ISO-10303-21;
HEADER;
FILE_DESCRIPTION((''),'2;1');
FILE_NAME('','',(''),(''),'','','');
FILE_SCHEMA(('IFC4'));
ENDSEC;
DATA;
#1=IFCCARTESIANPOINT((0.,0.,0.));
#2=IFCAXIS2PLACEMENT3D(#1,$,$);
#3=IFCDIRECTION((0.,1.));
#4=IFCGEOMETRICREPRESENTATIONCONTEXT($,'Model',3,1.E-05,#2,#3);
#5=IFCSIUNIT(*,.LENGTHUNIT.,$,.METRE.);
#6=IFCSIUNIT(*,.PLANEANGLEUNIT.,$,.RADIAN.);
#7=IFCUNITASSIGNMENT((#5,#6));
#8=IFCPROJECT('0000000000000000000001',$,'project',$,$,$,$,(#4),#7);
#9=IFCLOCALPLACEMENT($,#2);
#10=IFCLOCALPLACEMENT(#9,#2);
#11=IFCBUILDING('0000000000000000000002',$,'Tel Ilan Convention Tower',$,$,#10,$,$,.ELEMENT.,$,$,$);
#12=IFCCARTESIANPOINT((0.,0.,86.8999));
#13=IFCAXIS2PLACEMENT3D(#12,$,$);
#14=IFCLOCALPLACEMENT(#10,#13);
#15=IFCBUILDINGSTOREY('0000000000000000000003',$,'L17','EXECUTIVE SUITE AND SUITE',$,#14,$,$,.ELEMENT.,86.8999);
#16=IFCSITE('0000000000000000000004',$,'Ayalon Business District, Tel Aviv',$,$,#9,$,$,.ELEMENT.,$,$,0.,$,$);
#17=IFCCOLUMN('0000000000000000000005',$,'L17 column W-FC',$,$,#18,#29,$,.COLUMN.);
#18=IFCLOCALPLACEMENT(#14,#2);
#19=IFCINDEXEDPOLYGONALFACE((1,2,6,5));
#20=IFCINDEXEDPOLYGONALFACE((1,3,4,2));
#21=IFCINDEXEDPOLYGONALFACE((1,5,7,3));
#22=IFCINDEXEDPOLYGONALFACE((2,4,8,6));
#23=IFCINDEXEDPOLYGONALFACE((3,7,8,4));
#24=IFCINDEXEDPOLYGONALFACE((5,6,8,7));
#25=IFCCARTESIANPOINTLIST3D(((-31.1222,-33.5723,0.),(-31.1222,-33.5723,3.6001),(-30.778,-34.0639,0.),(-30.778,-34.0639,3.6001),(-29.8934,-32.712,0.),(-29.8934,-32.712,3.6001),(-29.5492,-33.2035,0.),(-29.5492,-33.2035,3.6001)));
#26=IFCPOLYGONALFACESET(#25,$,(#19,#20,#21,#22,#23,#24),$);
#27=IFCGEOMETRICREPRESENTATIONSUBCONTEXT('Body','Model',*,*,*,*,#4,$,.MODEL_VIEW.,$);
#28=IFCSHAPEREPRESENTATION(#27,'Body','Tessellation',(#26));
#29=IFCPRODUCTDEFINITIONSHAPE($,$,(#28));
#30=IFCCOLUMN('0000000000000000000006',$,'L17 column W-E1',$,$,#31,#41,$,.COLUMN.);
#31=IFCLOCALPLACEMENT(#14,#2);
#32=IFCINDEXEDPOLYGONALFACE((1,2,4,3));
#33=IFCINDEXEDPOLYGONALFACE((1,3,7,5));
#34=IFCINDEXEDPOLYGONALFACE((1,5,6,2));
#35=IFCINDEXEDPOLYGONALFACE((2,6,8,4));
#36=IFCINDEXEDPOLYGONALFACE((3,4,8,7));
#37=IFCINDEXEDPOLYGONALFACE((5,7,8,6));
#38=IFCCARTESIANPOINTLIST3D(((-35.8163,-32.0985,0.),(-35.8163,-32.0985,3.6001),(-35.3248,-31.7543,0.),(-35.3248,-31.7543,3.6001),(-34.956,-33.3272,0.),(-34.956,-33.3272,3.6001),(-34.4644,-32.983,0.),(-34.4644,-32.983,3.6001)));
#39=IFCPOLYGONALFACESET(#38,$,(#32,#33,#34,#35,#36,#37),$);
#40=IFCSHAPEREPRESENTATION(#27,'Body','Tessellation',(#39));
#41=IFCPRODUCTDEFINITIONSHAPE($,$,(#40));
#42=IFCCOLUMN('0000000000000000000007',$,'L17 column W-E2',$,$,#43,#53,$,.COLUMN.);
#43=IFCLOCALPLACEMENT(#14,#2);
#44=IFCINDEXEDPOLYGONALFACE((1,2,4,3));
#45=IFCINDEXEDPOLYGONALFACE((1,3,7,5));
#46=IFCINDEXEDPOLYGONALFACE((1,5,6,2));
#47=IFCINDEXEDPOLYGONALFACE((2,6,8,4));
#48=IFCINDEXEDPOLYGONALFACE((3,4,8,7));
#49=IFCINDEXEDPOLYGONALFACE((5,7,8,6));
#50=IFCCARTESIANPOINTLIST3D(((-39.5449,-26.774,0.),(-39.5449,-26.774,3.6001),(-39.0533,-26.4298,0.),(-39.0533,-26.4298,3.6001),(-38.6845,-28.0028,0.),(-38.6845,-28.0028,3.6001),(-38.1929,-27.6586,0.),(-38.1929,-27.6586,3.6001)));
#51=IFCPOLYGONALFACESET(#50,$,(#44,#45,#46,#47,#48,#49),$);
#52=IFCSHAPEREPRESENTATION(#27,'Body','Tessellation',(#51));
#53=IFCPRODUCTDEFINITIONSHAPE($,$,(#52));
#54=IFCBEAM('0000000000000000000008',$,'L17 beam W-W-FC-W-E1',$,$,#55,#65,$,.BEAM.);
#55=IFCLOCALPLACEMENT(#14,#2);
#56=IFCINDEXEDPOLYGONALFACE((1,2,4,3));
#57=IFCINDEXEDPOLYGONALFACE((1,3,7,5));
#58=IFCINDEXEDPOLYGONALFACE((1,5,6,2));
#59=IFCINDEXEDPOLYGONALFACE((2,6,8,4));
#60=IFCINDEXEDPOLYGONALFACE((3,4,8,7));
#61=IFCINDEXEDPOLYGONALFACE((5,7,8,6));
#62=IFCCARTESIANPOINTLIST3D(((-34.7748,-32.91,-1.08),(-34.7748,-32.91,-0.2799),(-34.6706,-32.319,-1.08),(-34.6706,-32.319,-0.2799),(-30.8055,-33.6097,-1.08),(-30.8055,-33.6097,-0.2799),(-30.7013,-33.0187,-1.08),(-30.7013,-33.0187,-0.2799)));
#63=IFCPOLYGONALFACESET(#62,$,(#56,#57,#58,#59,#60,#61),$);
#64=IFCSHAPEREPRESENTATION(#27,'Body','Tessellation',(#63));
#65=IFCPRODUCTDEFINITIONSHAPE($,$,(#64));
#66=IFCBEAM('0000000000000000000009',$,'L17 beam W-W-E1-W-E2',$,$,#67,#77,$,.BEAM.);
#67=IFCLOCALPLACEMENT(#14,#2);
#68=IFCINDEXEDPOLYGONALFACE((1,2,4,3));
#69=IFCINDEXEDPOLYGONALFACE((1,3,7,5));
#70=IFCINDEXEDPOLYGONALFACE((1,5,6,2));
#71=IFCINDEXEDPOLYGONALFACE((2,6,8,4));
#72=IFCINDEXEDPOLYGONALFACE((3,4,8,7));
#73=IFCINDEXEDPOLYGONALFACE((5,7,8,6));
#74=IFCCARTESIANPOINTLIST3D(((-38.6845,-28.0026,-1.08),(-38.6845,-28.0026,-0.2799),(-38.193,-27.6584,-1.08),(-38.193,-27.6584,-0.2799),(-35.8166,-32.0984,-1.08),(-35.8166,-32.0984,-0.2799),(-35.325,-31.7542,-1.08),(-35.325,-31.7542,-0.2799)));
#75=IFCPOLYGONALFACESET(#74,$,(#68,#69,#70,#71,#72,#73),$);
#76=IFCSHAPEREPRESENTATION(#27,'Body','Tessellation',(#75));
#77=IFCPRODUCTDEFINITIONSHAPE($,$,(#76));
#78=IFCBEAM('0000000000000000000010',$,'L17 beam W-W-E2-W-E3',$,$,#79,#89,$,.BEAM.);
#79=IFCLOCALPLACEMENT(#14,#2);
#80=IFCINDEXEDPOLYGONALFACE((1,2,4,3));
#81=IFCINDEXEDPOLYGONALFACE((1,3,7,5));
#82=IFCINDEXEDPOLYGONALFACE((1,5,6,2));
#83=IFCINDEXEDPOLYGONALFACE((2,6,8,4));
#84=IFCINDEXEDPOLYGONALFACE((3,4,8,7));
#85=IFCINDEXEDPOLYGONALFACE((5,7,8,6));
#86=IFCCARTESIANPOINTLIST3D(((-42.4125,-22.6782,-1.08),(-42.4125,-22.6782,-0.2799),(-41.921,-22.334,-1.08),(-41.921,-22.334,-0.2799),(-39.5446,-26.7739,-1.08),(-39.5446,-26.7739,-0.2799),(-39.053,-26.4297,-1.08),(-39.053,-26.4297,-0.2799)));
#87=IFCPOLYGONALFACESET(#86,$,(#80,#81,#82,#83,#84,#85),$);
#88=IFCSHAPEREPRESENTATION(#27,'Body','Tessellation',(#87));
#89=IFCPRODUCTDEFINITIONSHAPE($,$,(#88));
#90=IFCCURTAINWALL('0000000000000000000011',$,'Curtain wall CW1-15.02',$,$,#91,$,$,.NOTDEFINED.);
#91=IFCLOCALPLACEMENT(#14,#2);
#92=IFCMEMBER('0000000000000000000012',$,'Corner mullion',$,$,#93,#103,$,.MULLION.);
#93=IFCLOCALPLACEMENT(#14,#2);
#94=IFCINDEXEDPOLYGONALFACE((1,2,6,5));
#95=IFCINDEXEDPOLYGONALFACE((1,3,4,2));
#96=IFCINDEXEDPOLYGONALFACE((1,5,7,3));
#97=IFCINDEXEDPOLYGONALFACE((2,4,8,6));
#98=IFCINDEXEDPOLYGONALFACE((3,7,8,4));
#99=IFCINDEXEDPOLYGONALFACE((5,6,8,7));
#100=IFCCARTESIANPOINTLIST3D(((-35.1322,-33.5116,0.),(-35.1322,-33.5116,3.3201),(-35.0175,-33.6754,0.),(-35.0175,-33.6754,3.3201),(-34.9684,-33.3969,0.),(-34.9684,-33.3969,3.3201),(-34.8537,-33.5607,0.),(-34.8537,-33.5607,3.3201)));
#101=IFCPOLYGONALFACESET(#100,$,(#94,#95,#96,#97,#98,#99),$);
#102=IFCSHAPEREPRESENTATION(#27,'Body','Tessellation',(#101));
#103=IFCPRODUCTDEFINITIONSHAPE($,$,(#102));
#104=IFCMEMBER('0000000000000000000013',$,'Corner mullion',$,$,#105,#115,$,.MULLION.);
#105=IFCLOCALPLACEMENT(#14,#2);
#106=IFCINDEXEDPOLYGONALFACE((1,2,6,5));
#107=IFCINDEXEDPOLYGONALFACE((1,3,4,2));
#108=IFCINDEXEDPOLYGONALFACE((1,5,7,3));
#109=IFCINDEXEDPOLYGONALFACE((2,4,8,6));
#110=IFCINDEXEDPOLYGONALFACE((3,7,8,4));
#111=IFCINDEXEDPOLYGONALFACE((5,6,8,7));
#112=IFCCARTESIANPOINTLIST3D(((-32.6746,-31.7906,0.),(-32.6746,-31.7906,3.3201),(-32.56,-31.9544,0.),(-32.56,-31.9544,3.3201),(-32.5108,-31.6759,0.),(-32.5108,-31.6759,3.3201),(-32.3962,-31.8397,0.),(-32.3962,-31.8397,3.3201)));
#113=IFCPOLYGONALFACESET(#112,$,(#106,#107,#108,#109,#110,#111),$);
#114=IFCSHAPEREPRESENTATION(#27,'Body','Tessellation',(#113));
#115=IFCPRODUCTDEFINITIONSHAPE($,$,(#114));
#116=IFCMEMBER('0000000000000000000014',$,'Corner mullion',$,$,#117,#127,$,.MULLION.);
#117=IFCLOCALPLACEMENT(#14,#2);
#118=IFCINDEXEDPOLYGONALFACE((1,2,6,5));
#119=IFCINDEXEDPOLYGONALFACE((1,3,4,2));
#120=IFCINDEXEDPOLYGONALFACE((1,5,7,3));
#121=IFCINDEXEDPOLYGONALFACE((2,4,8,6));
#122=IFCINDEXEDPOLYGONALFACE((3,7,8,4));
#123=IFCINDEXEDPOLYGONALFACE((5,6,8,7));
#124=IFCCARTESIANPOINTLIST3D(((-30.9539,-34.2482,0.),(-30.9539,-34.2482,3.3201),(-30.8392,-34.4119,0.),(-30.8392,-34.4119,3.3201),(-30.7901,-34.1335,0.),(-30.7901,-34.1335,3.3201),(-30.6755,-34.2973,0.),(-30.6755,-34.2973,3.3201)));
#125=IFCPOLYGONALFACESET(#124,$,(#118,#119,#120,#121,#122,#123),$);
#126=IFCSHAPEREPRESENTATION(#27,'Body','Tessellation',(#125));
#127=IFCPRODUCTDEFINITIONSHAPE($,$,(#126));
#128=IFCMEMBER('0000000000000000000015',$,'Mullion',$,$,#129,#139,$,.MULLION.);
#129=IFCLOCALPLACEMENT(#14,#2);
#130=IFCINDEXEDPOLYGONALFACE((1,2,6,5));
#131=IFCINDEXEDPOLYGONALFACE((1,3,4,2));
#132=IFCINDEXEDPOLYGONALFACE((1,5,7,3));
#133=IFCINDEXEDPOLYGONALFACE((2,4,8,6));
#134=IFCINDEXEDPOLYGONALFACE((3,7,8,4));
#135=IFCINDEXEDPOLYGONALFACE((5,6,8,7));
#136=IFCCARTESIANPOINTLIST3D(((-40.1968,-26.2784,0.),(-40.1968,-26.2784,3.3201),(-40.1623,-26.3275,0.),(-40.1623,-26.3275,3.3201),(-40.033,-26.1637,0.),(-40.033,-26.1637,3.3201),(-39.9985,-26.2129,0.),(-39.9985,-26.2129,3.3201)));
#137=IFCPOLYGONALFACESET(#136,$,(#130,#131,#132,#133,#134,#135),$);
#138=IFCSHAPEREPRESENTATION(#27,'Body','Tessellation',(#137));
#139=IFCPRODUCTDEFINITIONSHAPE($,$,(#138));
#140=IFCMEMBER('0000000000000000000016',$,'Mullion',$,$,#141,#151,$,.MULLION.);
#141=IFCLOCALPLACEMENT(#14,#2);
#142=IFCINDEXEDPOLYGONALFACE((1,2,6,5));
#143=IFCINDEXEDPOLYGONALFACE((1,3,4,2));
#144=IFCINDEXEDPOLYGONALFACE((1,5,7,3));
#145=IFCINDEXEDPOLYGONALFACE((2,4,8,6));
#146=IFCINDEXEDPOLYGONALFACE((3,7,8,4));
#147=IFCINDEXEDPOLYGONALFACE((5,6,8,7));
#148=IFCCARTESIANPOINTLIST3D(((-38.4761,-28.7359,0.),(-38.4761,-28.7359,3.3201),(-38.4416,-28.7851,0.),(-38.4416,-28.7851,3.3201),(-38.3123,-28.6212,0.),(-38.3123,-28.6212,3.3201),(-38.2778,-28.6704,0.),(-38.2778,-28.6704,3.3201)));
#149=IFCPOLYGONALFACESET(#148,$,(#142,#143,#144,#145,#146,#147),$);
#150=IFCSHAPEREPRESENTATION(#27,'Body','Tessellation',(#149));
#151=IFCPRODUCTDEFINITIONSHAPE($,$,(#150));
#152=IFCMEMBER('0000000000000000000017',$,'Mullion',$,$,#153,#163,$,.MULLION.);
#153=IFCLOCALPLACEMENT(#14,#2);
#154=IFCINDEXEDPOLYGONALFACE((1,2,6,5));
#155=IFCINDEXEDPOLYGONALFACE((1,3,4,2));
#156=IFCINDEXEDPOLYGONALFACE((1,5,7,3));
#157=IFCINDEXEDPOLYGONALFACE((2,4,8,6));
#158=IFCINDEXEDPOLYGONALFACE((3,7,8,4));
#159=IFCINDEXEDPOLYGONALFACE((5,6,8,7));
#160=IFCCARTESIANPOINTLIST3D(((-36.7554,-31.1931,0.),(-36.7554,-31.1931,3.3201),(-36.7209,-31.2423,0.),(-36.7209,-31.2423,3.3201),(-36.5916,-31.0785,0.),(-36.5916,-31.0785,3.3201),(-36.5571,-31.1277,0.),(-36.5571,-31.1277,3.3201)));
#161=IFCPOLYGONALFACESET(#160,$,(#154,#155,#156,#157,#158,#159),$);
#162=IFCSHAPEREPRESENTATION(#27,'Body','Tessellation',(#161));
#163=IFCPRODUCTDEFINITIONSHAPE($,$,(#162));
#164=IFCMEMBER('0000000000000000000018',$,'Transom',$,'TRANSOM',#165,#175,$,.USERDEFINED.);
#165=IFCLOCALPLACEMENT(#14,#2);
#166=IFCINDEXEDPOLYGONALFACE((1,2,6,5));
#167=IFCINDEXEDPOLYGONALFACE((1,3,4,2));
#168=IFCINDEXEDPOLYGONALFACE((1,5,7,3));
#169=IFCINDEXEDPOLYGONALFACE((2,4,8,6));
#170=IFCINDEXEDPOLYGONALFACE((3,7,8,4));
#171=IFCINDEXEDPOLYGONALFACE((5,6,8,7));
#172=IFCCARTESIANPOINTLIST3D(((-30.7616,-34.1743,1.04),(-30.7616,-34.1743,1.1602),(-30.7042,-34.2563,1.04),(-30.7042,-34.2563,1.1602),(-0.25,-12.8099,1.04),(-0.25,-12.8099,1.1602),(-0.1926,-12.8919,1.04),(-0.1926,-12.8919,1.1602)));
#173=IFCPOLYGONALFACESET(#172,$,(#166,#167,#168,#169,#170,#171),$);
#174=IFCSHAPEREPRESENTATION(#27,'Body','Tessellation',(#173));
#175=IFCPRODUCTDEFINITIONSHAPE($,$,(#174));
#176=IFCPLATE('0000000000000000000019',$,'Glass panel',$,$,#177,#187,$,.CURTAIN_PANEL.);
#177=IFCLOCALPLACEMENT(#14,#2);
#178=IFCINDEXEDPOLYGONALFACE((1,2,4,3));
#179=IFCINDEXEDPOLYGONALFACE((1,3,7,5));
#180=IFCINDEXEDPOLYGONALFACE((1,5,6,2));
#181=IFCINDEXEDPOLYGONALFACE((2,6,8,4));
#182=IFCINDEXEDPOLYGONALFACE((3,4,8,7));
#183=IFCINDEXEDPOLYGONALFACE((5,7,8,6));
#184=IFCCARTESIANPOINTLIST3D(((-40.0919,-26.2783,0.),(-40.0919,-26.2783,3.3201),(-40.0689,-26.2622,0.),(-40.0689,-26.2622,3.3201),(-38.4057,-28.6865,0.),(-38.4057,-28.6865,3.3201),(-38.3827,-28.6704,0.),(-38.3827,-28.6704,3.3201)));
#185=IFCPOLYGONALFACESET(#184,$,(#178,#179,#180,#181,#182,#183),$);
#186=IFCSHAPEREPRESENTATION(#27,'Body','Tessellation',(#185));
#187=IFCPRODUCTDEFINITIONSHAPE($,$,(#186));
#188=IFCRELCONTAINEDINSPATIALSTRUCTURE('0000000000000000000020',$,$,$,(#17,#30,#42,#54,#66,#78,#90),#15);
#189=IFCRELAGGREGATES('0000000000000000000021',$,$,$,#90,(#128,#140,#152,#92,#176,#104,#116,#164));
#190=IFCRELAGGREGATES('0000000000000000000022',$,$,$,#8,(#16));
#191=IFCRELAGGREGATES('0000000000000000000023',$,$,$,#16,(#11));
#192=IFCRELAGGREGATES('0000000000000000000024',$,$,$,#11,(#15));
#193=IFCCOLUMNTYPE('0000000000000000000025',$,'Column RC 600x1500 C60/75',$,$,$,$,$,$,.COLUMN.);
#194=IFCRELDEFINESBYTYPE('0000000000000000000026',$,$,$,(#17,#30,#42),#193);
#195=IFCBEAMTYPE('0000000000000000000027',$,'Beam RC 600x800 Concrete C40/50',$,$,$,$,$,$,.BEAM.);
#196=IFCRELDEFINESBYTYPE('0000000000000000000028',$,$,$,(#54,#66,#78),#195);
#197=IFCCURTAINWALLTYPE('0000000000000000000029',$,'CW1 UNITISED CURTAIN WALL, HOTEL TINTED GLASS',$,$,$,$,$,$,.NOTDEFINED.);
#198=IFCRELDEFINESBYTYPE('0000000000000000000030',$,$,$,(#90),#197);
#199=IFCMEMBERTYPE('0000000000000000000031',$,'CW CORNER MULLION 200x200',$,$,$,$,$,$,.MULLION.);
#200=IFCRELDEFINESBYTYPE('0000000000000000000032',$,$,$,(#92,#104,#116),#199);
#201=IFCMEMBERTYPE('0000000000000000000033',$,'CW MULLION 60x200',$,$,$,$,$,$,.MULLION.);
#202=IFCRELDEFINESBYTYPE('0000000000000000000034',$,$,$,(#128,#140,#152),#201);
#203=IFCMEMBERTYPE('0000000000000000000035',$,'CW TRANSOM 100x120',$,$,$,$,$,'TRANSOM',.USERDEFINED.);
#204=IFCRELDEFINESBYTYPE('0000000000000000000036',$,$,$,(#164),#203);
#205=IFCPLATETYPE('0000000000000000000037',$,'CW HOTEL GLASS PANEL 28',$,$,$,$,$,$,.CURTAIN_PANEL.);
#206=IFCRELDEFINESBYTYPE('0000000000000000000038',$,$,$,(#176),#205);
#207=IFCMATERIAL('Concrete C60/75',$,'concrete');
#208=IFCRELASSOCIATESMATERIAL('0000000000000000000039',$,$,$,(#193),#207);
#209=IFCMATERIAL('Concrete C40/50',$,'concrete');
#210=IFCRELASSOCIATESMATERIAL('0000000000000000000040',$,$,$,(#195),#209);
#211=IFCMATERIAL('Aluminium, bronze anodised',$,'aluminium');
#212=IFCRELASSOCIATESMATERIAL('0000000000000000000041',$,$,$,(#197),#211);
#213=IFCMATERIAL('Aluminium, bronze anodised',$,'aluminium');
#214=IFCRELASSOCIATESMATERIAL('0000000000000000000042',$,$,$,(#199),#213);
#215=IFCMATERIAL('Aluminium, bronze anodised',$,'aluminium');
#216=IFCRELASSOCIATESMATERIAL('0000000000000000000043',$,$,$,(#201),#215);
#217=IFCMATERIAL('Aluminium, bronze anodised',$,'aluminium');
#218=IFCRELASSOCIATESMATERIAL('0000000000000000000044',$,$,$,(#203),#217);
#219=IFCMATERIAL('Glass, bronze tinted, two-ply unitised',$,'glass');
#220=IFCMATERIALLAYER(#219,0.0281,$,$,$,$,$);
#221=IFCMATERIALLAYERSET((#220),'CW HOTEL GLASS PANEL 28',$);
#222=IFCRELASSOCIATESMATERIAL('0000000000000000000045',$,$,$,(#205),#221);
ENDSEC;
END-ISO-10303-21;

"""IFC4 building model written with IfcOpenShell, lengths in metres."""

from ifc_helpers import new_model, si_unit, direction, frame, origin, origin_2d, place, context, subcontext, project, spatial, rectangle, extrude, material, layer, layer_set, material_profile, profile_set, type_object, element, aggregate, save


model = new_model("IFC4")

# Units and contexts
model_context = context("Model", 3, precision=1e-05, world=origin(), true_north=direction((0.0, 1.0)))
body_context = subcontext(model_context, "Body", "Model", "MODEL_VIEW")
ifc_project = project(units=[si_unit("LENGTHUNIT", "METRE"), si_unit("PLANEANGLEUNIT", "RADIAN")], contexts=[model_context])

# Site, building, storey
site_placement = place(None, origin())
site = spatial("IfcSite", under=ifc_project, at=site_placement, Name="Ayalon Business District, Tel Aviv", CompositionType="ELEMENT", RefElevation=0.0)
building_placement = place(site_placement, origin())
building = spatial("IfcBuilding", under=site, at=building_placement, Name="Tel Ilan Convention Tower", CompositionType="ELEMENT")
storey_placement = place(building_placement, frame((0.0, 0.0, 86.8999)))
storey = spatial("IfcBuildingStorey", under=building, at=storey_placement, Name="L17", Description="EXECUTIVE SUITE AND SUITE", CompositionType="ELEMENT", Elevation=86.8999)

# Columns
ifc_material_1 = material(Name="Concrete C60/75", Category="concrete")
ifc_material_profile_1 = material_profile(ifc_material_1, rectangle(XDim=1.5, YDim=0.6001, at=origin_2d()), Name="RC 600x1500")
ifc_profile_set_1 = profile_set([ifc_material_profile_1], Name="Concrete C60/75")
column_type = type_object("IfcColumnType", Name="Column RC 600x1500 C60/75", PredefinedType="COLUMN", material=ifc_profile_set_1)
for number, where, z_axis, x_axis, name in (
    (1, (-30.3357, -33.3879, 0.0), (0.0, 0.0, 1.0), (-0.819152, -0.573576, 0.0), "L17 column W-FC"),
    (2, (-35.1404, -32.5408, 0.0), (0.0, 0.0, 1.0), (-0.573576, 0.819152, 0.0), "L17 column W-E1"),
    (3, (-38.8689, -27.2163, 0.0), (0.0, 0.0, 1.0), (-0.573576, 0.819152, 0.0), "L17 column W-E2"),
):
    element("IfcColumn", number, at=place(storey_placement, frame(where, z_axis=z_axis, x_axis=x_axis)), inside=storey, type_object=column_type, Name=name, PredefinedType="COLUMN", context=body_context, shape_type="SweptSolid", body=[
        extrude(rectangle(XDim=1.5, YDim=0.6001, at=origin_2d()), origin(), (0.0, 0.0, 1.0), 3.6001),
    ])

# Beams
ifc_material_2 = material(Name="Concrete C40/50", Category="concrete")
ifc_material_profile_2 = material_profile(ifc_material_2, rectangle(XDim=0.6001, YDim=0.8, at=origin_2d()), Name="RC 600x800")
ifc_profile_set_2 = profile_set([ifc_material_profile_2], Name="Concrete C40/50")
beam_type = type_object("IfcBeamType", Name="Beam RC 600x800 Concrete C40/50", PredefinedType="BEAM", material=ifc_profile_set_2)
beam_placement = place(storey_placement, frame((-30.7534, -33.3142, -0.6799), z_axis=(-0.984815, 0.173606, 0.0), x_axis=(-0.173606, -0.984815, 0.0)))
element("IfcBeam", 4, at=beam_placement, inside=storey, type_object=beam_type, Name="L17 beam W-W-FC-W-E1", PredefinedType="BEAM", context=body_context, shape_type="SweptSolid", body=[
    extrude(rectangle(XDim=0.6001, YDim=0.8, at=origin_2d()), origin(), (0.0, 0.0, 1.0), 4.0305),
])
for number, where, z_axis, x_axis, name in (
    (5, (-35.5708, -31.9263, -0.6799), (-0.573587, 0.819145, 0.0), (-0.819145, -0.573587, 0.0), "L17 beam W-W-E1-W-E2"),
    (6, (-39.2988, -26.6018, -0.6799), (-0.573587, 0.819145, 0.0), (-0.819145, -0.573587, 0.0), "L17 beam W-W-E2-W-E3"),
):
    element("IfcBeam", number, at=place(storey_placement, frame(where, z_axis=z_axis, x_axis=x_axis)), inside=storey, type_object=beam_type, Name=name, PredefinedType="BEAM", context=body_context, shape_type="SweptSolid", body=[
        extrude(rectangle(XDim=0.6001, YDim=0.8, at=origin_2d()), origin(), (0.0, 0.0, 1.0), 5.0),
    ])

# Curtain wall, members, plate
ifc_material_3 = material(Name="Aluminium, bronze anodised", Category="aluminium")
curtain_wall_type = type_object("IfcCurtainWallType", Name="CW1 UNITISED CURTAIN WALL, HOTEL TINTED GLASS", PredefinedType="NOTDEFINED", material=ifc_material_3)
curtain_wall_placement = place(storey_placement, origin())
curtain_wall = element("IfcCurtainWall", 7, at=curtain_wall_placement, inside=storey, type_object=curtain_wall_type, Name="Curtain wall CW1-15.02", PredefinedType="NOTDEFINED")
ifc_material_4 = material(Name="Aluminium, bronze anodised", Category="aluminium")
ifc_material_profile_3 = material_profile(ifc_material_4, rectangle(XDim=0.2, YDim=0.2, at=origin_2d()), Name="CW CORNER MULLION 200x200")
ifc_profile_set_3 = profile_set([ifc_material_profile_3], Name="Aluminium, bronze anodised")
member_type_1 = type_object("IfcMemberType", Name="CW CORNER MULLION 200x200", PredefinedType="MULLION", material=ifc_profile_set_3)
member_1_placement = place(storey_placement, frame((-34.9929, -33.5361, 0.0), z_axis=(0.0, 0.0, 1.0), x_axis=(0.573576, -0.819152, 0.0)))
member_1 = element("IfcMember", 8, at=member_1_placement, type_object=member_type_1, Name="Corner mullion", PredefinedType="MULLION", context=body_context, shape_type="SweptSolid", body=[
    extrude(rectangle(XDim=0.2, YDim=0.2, at=origin_2d()), origin(), (0.0, 0.0, 1.0), 3.3201),
])
member_2_placement = place(storey_placement, frame((-32.5354, -31.8152, 0.0), z_axis=(0.0, 0.0, 1.0), x_axis=(0.819152, 0.573576, 0.0)))
member_2 = element("IfcMember", 9, at=member_2_placement, type_object=member_type_1, Name="Corner mullion", PredefinedType="MULLION", context=body_context, shape_type="SweptSolid", body=[
    extrude(rectangle(XDim=0.2, YDim=0.2, at=origin_2d()), origin(), (0.0, 0.0, 1.0), 3.3201),
])
member_3_placement = place(storey_placement, frame((-30.8147, -34.2727, 0.0), z_axis=(0.0, 0.0, 1.0), x_axis=(0.573576, -0.819152, 0.0)))
member_3 = element("IfcMember", 10, at=member_3_placement, type_object=member_type_1, Name="Corner mullion", PredefinedType="MULLION", context=body_context, shape_type="SweptSolid", body=[
    extrude(rectangle(XDim=0.2, YDim=0.2, at=origin_2d()), origin(), (0.0, 0.0, 1.0), 3.3201),
])
ifc_material_5 = material(Name="Aluminium, bronze anodised", Category="aluminium")
ifc_material_profile_4 = material_profile(ifc_material_5, rectangle(XDim=0.0601, YDim=0.2, at=origin_2d()), Name="CW MULLION 60x200")
ifc_profile_set_4 = profile_set([ifc_material_profile_4], Name="Aluminium, bronze anodised")
member_type_2 = type_object("IfcMemberType", Name="CW MULLION 60x200", PredefinedType="MULLION", material=ifc_profile_set_4)
member_4_placement = place(storey_placement, frame((-40.0977, -26.2456, 0.0), z_axis=(0.0, 0.0, 1.0), x_axis=(0.573576, -0.819152, 0.0)))
member_4 = element("IfcMember", 11, at=member_4_placement, type_object=member_type_2, Name="Mullion", PredefinedType="MULLION", context=body_context, shape_type="SweptSolid", body=[
    extrude(rectangle(XDim=0.0601, YDim=0.2, at=origin_2d()), origin(), (0.0, 0.0, 1.0), 3.3201),
])
member_5_placement = place(storey_placement, frame((-38.377, -28.7031, 0.0), z_axis=(0.0, 0.0, 1.0), x_axis=(0.573576, -0.819152, 0.0)))
member_5 = element("IfcMember", 12, at=member_5_placement, type_object=member_type_2, Name="Mullion", PredefinedType="MULLION", context=body_context, shape_type="SweptSolid", body=[
    extrude(rectangle(XDim=0.0601, YDim=0.2, at=origin_2d()), origin(), (0.0, 0.0, 1.0), 3.3201),
])
member_6_placement = place(storey_placement, frame((-36.6562, -31.1604, 0.0), z_axis=(0.0, 0.0, 1.0), x_axis=(0.573576, -0.819152, 0.0)))
member_6 = element("IfcMember", 13, at=member_6_placement, type_object=member_type_2, Name="Mullion", PredefinedType="MULLION", context=body_context, shape_type="SweptSolid", body=[
    extrude(rectangle(XDim=0.0601, YDim=0.2, at=origin_2d()), origin(), (0.0, 0.0, 1.0), 3.3201),
])
ifc_material_6 = material(Name="Aluminium, bronze anodised", Category="aluminium")
ifc_material_profile_5 = material_profile(ifc_material_6, rectangle(XDim=0.1001, YDim=0.1201, at=origin_2d()), Name="CW TRANSOM 100x120")
ifc_profile_set_5 = profile_set([ifc_material_profile_5], Name="Aluminium, bronze anodised")
member_type_3 = type_object("IfcMemberType", Name="CW TRANSOM 100x120", ElementType="TRANSOM", PredefinedType="USERDEFINED", material=ifc_profile_set_5)
member_7_placement = place(storey_placement, frame((-30.7329, -34.2153, 1.1001), z_axis=(0.819152, 0.573576, 0.0), x_axis=(-0.573576, 0.819152, 0.0)))
member_7 = element("IfcMember", 14, at=member_7_placement, type_object=member_type_3, Name="Transom", ObjectType="TRANSOM", PredefinedType="USERDEFINED", context=body_context, shape_type="SweptSolid", body=[
    extrude(rectangle(XDim=0.1001, YDim=0.1201, at=origin_2d()), origin(), (0.0, 0.0, 1.0), 37.2478),
])
ifc_material_7 = material(Name="Glass, bronze tinted, two-ply unitised", Category="glass")
ifc_layer_1 = layer(ifc_material_7, 0.0281)
ifc_layer_set_1 = layer_set([ifc_layer_1], Name="CW HOTEL GLASS PANEL 28")
plate_type = type_object("IfcPlateType", Name="CW HOTEL GLASS PANEL 28", PredefinedType="CURTAIN_PANEL", material=ifc_layer_set_1)
plate_1_placement = place(storey_placement, frame((-39.2373, -27.4744, 0.0), z_axis=(0.0, 0.0, 1.0), x_axis=(0.573576, -0.819152, 0.0)))
plate_1 = element("IfcPlate", 15, at=plate_1_placement, type_object=plate_type, Name="Glass panel", PredefinedType="CURTAIN_PANEL", context=body_context, shape_type="SweptSolid", body=[
    extrude(rectangle(XDim=2.9399, YDim=0.0281, at=origin_2d()), origin(), (0.0, 0.0, 1.0), 3.3201),
])
aggregate(curtain_wall, [member_4, member_5, member_6, member_1, plate_1, member_2, member_3, member_7])

save(model, "model.ifc")
